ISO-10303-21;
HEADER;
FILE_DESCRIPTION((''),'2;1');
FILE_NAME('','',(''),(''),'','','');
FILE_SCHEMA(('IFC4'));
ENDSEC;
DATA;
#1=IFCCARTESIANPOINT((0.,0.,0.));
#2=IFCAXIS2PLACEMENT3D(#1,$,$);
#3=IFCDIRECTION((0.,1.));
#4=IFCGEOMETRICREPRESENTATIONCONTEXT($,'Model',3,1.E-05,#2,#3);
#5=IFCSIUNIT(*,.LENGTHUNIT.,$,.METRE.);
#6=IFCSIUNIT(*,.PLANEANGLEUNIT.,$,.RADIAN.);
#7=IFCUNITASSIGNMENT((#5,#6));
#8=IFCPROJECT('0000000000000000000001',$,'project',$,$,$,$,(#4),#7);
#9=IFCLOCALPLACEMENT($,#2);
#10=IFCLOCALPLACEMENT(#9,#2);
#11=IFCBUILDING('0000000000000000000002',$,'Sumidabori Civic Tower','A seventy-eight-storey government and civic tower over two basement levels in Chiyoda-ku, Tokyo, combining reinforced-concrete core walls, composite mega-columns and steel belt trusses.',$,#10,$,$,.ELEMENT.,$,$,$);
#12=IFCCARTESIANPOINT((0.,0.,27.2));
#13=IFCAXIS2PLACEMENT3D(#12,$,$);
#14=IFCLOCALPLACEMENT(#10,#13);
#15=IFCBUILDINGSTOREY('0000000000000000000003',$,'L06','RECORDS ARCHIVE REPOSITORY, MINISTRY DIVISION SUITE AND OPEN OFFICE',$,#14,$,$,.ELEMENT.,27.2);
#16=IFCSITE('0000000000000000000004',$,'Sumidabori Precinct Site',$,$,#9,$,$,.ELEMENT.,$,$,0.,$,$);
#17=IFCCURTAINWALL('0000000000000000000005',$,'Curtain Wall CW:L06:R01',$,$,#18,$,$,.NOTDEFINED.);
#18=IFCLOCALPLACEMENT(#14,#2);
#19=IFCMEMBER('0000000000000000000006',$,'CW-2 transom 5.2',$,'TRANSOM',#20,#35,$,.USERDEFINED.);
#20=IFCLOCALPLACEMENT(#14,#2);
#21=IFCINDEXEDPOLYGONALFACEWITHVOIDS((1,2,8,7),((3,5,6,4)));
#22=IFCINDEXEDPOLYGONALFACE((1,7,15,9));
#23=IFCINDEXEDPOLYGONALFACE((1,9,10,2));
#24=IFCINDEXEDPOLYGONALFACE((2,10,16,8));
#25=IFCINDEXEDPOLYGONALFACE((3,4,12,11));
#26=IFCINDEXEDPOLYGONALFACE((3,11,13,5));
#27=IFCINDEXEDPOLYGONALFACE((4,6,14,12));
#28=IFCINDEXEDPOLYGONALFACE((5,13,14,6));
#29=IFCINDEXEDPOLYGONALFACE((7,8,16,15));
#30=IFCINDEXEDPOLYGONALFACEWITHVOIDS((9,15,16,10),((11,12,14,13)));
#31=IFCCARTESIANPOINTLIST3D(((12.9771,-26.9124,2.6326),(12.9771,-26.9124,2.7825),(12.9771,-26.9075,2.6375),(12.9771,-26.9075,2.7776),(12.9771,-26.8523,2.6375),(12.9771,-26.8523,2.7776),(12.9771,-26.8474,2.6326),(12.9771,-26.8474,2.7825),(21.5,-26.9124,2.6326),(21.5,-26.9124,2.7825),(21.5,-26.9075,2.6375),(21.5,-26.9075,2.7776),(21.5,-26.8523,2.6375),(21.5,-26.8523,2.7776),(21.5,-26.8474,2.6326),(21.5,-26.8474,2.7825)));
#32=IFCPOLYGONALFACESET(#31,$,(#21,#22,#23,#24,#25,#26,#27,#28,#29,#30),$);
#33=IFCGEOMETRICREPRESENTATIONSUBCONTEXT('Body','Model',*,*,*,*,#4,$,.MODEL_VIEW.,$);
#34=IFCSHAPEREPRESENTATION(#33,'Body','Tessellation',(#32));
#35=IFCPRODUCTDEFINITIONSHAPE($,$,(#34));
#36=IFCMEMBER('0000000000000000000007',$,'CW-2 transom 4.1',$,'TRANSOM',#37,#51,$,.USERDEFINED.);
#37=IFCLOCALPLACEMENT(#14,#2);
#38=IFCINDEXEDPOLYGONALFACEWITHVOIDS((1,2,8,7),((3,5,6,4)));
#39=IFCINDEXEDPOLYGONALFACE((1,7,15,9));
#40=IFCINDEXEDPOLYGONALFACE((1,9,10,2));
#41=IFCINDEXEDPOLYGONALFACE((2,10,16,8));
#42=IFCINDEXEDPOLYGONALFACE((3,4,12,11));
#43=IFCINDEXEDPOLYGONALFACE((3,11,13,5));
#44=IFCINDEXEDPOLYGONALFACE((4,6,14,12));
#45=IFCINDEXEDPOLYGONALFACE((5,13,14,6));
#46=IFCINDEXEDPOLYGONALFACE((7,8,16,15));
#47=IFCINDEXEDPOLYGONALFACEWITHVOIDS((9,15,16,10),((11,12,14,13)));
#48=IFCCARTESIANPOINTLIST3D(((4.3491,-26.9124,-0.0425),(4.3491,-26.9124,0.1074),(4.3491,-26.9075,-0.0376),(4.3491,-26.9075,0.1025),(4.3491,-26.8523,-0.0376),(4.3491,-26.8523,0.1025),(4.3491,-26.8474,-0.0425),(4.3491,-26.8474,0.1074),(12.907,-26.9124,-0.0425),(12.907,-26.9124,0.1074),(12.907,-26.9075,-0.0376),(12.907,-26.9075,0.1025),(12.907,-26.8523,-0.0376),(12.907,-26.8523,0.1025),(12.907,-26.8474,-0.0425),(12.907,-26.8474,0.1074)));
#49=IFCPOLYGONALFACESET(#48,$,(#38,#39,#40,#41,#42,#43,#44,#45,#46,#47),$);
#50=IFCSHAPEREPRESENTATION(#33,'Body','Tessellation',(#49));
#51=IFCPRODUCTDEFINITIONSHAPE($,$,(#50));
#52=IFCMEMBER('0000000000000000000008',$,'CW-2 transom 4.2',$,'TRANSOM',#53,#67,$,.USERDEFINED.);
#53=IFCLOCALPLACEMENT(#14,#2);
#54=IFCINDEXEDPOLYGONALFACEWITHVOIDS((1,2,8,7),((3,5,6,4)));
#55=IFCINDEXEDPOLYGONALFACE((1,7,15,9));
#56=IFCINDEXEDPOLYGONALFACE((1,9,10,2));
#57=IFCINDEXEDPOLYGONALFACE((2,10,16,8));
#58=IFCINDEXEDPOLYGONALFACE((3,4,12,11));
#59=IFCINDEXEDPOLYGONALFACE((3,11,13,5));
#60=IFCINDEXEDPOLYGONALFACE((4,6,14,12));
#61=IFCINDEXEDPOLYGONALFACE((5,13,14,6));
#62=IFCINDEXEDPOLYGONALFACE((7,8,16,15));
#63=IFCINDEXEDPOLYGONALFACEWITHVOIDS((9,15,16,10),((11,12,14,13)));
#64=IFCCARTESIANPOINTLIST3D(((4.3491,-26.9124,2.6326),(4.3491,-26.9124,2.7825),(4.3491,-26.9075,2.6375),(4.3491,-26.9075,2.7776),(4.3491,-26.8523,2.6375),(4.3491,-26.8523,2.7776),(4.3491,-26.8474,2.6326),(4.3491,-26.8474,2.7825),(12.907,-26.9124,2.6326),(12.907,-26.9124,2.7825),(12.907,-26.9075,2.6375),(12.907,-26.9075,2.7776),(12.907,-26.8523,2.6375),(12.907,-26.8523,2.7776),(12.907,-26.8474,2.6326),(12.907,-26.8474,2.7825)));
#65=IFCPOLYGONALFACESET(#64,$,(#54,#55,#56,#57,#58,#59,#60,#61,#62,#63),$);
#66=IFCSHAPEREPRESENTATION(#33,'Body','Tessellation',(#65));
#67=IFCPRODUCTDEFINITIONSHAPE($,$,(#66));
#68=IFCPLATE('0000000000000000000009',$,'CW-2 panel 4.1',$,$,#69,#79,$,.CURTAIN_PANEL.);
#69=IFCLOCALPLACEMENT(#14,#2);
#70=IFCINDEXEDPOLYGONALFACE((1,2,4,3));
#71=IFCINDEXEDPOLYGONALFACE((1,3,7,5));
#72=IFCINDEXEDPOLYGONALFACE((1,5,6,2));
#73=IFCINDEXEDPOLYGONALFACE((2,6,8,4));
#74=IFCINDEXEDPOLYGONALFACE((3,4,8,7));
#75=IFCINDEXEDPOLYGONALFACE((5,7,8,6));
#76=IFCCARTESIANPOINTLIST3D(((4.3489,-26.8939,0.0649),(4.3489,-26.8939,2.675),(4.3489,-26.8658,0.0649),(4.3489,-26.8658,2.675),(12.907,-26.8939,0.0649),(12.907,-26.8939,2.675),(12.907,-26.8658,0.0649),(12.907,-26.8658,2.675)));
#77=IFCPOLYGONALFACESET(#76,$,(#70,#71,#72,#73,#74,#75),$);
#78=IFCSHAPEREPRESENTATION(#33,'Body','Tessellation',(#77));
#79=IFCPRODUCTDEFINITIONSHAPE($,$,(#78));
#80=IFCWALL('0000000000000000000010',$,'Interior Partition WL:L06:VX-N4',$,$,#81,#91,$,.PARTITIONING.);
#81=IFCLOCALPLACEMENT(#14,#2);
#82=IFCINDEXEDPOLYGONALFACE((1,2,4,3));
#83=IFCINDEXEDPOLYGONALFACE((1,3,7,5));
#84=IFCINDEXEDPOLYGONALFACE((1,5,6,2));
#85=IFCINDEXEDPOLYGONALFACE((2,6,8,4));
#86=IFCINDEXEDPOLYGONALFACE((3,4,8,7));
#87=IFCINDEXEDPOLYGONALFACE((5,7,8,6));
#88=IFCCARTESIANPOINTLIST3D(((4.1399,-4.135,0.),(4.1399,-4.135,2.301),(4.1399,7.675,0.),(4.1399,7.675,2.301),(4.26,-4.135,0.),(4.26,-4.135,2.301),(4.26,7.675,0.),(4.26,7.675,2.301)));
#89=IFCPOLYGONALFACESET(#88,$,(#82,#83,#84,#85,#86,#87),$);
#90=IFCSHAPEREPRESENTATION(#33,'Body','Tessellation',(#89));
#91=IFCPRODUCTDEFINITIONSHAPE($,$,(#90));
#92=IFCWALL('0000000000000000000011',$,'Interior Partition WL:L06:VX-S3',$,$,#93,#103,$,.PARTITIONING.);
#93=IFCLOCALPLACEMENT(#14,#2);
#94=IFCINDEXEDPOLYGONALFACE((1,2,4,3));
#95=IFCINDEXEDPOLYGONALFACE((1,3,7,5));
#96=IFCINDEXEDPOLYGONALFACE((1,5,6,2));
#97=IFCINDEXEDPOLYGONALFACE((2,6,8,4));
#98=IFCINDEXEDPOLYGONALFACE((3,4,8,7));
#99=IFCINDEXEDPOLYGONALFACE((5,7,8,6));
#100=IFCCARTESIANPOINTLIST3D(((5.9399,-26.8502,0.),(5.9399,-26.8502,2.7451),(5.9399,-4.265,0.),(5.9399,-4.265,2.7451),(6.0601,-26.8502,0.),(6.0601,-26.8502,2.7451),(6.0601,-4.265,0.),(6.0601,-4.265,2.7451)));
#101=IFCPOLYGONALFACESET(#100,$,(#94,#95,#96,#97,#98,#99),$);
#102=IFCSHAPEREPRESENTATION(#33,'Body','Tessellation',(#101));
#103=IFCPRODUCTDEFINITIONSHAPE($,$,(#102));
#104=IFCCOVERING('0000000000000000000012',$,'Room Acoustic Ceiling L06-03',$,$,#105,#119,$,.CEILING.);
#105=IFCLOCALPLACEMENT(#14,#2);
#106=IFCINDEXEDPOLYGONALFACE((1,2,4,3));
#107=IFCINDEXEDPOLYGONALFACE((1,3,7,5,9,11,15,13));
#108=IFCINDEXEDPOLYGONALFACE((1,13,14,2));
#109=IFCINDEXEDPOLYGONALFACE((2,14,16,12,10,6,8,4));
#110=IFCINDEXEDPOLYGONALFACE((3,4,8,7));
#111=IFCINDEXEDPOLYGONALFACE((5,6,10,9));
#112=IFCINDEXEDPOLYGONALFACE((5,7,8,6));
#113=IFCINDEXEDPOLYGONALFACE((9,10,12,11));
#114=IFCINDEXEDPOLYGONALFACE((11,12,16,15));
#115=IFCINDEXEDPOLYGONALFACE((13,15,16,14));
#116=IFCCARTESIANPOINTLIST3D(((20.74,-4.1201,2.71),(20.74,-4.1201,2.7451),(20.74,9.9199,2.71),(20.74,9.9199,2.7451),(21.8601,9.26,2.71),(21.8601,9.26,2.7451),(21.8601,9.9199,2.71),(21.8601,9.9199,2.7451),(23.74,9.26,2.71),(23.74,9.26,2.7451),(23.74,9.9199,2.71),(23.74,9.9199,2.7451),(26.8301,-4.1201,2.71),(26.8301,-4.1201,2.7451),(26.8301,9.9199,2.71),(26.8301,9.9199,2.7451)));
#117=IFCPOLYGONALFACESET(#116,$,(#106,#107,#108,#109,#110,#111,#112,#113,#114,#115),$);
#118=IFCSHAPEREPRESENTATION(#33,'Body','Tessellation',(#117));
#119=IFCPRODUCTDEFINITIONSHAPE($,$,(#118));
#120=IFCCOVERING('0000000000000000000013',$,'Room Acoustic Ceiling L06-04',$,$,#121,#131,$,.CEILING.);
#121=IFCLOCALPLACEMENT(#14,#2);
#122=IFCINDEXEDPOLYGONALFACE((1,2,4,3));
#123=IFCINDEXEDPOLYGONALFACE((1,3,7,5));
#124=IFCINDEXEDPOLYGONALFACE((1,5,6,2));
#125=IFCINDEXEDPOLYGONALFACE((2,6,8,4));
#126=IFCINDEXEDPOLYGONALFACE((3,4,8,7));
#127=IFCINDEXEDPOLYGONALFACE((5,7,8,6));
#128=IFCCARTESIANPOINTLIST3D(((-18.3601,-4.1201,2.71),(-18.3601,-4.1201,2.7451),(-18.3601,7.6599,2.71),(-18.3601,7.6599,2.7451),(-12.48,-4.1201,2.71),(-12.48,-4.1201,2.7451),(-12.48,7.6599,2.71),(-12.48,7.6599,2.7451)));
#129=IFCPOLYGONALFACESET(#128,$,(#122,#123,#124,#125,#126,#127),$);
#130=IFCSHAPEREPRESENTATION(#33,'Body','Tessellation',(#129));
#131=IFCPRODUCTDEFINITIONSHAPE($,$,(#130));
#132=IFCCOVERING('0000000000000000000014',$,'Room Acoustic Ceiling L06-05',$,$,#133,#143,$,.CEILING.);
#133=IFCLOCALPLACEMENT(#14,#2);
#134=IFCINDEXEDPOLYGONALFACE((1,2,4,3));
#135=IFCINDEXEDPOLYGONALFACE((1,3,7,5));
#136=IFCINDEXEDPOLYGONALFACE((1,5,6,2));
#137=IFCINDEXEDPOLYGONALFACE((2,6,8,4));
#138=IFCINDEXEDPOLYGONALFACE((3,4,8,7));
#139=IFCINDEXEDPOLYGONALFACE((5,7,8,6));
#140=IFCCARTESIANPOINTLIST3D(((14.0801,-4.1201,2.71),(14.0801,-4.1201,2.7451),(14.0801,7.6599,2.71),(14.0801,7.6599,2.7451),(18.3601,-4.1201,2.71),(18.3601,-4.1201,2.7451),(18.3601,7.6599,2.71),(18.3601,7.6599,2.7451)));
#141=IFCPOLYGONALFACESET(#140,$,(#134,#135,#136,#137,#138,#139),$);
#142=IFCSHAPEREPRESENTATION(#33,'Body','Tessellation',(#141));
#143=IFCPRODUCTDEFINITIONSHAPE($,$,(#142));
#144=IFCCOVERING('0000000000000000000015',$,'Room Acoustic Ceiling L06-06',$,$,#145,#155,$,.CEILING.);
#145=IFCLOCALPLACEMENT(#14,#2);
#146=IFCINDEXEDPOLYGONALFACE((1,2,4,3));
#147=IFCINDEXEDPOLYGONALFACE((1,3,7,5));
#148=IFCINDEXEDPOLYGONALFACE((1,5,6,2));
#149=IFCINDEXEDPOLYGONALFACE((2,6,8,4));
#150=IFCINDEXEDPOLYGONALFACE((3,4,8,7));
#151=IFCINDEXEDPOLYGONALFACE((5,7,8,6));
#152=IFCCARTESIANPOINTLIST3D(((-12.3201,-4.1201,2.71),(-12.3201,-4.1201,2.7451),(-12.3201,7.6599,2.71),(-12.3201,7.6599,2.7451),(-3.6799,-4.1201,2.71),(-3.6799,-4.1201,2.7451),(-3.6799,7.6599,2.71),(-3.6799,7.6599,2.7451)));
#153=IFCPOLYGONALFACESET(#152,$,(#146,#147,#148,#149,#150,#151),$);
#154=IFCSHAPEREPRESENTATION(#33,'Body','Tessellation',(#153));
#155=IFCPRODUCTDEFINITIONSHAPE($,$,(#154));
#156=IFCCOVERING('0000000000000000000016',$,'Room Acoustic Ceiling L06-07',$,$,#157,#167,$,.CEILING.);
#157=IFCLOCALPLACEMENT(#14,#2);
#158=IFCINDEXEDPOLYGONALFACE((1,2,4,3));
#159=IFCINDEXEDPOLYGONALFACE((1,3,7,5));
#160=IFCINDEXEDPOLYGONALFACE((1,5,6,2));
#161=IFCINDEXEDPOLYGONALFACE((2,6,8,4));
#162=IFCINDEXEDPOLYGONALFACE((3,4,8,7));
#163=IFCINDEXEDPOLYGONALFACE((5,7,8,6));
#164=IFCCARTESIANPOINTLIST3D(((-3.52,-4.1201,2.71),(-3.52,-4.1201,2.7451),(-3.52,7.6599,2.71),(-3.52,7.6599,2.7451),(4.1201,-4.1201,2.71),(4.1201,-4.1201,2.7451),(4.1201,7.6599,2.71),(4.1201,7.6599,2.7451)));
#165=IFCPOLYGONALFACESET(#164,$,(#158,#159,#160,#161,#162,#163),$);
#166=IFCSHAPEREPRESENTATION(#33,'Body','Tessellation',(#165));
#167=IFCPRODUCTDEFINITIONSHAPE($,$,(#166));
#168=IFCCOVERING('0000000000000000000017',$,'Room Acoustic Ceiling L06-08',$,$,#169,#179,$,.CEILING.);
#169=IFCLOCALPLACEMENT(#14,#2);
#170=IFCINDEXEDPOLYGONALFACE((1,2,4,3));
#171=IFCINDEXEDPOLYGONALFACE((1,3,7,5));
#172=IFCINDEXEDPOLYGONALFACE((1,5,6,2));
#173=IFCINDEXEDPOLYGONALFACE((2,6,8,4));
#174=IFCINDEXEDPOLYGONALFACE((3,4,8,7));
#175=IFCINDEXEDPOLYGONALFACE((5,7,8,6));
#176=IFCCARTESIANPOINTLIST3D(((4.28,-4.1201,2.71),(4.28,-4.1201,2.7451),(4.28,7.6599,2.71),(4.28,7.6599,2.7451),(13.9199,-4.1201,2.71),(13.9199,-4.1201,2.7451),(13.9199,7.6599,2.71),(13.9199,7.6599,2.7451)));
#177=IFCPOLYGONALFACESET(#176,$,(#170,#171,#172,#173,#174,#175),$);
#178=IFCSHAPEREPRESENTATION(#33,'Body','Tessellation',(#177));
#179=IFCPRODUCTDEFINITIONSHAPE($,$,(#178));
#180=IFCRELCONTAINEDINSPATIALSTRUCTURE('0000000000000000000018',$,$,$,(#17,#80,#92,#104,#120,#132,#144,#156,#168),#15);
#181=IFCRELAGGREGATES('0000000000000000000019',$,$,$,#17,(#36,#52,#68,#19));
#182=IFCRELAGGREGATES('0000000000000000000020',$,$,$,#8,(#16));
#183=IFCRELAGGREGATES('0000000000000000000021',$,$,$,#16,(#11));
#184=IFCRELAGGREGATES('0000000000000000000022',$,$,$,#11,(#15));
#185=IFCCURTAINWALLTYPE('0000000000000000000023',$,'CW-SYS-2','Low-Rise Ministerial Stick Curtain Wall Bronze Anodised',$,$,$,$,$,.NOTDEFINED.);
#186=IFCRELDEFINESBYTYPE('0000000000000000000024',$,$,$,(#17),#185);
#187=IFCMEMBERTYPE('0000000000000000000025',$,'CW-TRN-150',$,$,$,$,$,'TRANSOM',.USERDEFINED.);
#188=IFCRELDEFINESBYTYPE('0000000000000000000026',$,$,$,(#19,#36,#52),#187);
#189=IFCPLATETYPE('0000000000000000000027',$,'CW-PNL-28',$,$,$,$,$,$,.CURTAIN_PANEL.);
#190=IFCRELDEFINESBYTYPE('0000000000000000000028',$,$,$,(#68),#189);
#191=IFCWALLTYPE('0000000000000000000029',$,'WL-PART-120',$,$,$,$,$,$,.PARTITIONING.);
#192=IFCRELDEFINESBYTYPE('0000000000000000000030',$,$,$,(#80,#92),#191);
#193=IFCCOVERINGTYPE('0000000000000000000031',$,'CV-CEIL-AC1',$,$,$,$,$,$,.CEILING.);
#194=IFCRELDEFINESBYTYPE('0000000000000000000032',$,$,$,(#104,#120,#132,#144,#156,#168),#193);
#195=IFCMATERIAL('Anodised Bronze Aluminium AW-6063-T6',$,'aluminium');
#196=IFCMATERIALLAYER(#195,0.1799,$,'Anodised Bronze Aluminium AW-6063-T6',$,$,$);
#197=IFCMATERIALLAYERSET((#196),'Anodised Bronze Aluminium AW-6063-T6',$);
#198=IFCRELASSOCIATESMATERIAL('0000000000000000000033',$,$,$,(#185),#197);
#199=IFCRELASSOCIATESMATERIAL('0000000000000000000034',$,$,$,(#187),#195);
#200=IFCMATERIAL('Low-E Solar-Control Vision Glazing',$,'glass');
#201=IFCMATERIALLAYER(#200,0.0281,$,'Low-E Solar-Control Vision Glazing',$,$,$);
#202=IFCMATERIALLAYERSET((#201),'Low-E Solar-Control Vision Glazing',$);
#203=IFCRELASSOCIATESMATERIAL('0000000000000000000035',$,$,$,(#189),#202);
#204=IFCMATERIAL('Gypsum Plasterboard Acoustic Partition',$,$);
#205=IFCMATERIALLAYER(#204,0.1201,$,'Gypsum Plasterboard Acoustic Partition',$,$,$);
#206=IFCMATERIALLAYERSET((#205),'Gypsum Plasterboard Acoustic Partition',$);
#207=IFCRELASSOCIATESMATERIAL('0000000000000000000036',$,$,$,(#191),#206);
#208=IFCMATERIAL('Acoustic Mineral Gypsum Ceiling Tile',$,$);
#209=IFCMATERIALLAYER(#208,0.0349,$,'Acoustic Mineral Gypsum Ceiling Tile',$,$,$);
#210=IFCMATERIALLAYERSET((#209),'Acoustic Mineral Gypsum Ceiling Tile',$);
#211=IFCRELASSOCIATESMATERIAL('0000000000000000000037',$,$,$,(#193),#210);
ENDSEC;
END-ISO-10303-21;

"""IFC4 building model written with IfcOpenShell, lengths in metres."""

from ifc_helpers import new_model, si_unit, direction, frame, frame_2d, origin, origin_2d, place, context, subcontext, project, spatial, polyline, rectangle, hollow_rectangle, outline, extrude, source, transform, mapped, material, layer, layer_set, material_profile, profile_set, type_object, element, aggregate, save


model = new_model("IFC4")

# Units and contexts
model_context = context("Model", 3, precision=1e-05, world=origin(), true_north=direction((0.0, 1.0)))
body_context = subcontext(model_context, "Body", "Model", "MODEL_VIEW")
ifc_project = project(units=[si_unit("LENGTHUNIT", "METRE"), si_unit("PLANEANGLEUNIT", "RADIAN")], contexts=[model_context])

# Site, building, storey
site_placement = place(None, origin())
site = spatial("IfcSite", under=ifc_project, at=site_placement, Name="Sumidabori Precinct Site", CompositionType="ELEMENT", RefElevation=0.0)
building_placement = place(site_placement, origin())
building = spatial("IfcBuilding", under=site, at=building_placement, Name="Sumidabori Civic Tower", Description="A seventy-eight-storey government and civic tower over two basement levels in Chiyoda-ku, Tokyo, combining reinforced-concrete core walls, composite mega-columns and steel belt trusses.", CompositionType="ELEMENT")
storey_placement = place(building_placement, frame((0.0, 0.0, 27.2)))
storey = spatial("IfcBuildingStorey", under=building, at=storey_placement, Name="L06", Description="RECORDS ARCHIVE REPOSITORY, MINISTRY DIVISION SUITE AND OPEN OFFICE", CompositionType="ELEMENT", Elevation=27.2)

# Curtain wall, members, plate
ifc_material_1 = material(Name="Anodised Bronze Aluminium AW-6063-T6", Category="aluminium")
ifc_layer_1 = layer(ifc_material_1, 0.1799, Name="Anodised Bronze Aluminium AW-6063-T6")
ifc_layer_set_1 = layer_set([ifc_layer_1], Name="Anodised Bronze Aluminium AW-6063-T6")
curtain_wall_type = type_object("IfcCurtainWallType", Name="CW-SYS-2", Description="Low-Rise Ministerial Stick Curtain Wall Bronze Anodised", PredefinedType="NOTDEFINED", material=ifc_layer_set_1)
curtain_wall_placement = place(storey_placement, origin())
curtain_wall = element("IfcCurtainWall", 1, at=curtain_wall_placement, inside=storey, type_object=curtain_wall_type, Name="Curtain Wall CW:L06:R01", PredefinedType="NOTDEFINED")
ifc_material_profile_1 = material_profile(ifc_material_1, hollow_rectangle(XDim=0.0649, YDim=0.1499, WallThickness=0.0049, at=origin_2d()), Name="ALU TRANSOM 150x65")
ifc_profile_set_1 = profile_set([ifc_material_profile_1], Name="Anodised Bronze Aluminium AW-6063-T6")
member_type_1 = type_object("IfcMemberType", Name="CW-TRN-150", ElementType="TRANSOM", PredefinedType="USERDEFINED", material=ifc_profile_set_1)
shared_shape_1 = source(origin(), body_context, "Body", "SweptSolid", [
    extrude(hollow_rectangle(XDim=0.0649, YDim=0.1499, WallThickness=0.0049, at=origin_2d()), origin(), (0.0, 0.0, 1.0), 8.5229),
])
member_1_placement = place(storey_placement, frame((12.9771, -26.8799, 2.7075), z_axis=(1.0, 0.0, 0.0), x_axis=(0.0, 1.0, 0.0)))
member_1 = element("IfcMember", 2, at=member_1_placement, type_object=member_type_1, Name="CW-2 transom 5.2", ObjectType="TRANSOM", PredefinedType="USERDEFINED", context=body_context, shape_type="MappedRepresentation", body=[
    mapped(shared_shape_1, transform((0.0, 0.0, 0.0), x_axis=(1.0, 0.0, 0.0), y_axis=(0.0, 1.0, 0.0), z_axis=(0.0, 0.0, 1.0), scale=1.0)),
])
shared_shape_2 = source(origin(), body_context, "Body", "SweptSolid", [
    extrude(hollow_rectangle(XDim=0.0649, YDim=0.1499, WallThickness=0.0049, at=origin_2d()), origin(), (0.0, 0.0, 1.0), 8.5579),
])
member_2_placement = place(storey_placement, frame((4.3491, -26.8799, 0.0325), z_axis=(1.0, 0.0, 0.0), x_axis=(0.0, 1.0, 0.0)))
member_2 = element("IfcMember", 3, at=member_2_placement, type_object=member_type_1, Name="CW-2 transom 4.1", ObjectType="TRANSOM", PredefinedType="USERDEFINED", context=body_context, shape_type="MappedRepresentation", body=[
    mapped(shared_shape_2, transform((0.0, 0.0, 0.0), x_axis=(1.0, 0.0, 0.0), y_axis=(0.0, 1.0, 0.0), z_axis=(0.0, 0.0, 1.0), scale=1.0)),
])
member_3_placement = place(storey_placement, frame((4.3491, -26.8799, 2.7075), z_axis=(1.0, 0.0, 0.0), x_axis=(0.0, 1.0, 0.0)))
member_3 = element("IfcMember", 4, at=member_3_placement, type_object=member_type_1, Name="CW-2 transom 4.2", ObjectType="TRANSOM", PredefinedType="USERDEFINED", context=body_context, shape_type="MappedRepresentation", body=[
    mapped(shared_shape_2, transform((0.0, 0.0, 0.0), x_axis=(1.0, 0.0, 0.0), y_axis=(0.0, 1.0, 0.0), z_axis=(0.0, 0.0, 1.0), scale=1.0)),
])
ifc_material_2 = material(Name="Low-E Solar-Control Vision Glazing", Category="glass")
ifc_layer_2 = layer(ifc_material_2, 0.0281, Name="Low-E Solar-Control Vision Glazing")
ifc_layer_set_2 = layer_set([ifc_layer_2], Name="Low-E Solar-Control Vision Glazing")
plate_type = type_object("IfcPlateType", Name="CW-PNL-28", PredefinedType="CURTAIN_PANEL", material=ifc_layer_set_2)
shared_shape_3 = source(origin(), body_context, "Body", "SweptSolid", [
    extrude(rectangle(XDim=8.5581, YDim=0.0281, at=origin_2d()), origin(), (0.0, 0.0, 1.0), 2.6101),
])
plate_placement = place(storey_placement, frame((8.6279, -26.8799, 0.0649), z_axis=(0.0, 0.0, 1.0), x_axis=(1.0, 0.0, 0.0)))
plate = element("IfcPlate", 5, at=plate_placement, type_object=plate_type, Name="CW-2 panel 4.1", PredefinedType="CURTAIN_PANEL", context=body_context, shape_type="MappedRepresentation", body=[
    mapped(shared_shape_3, transform((0.0, 0.0, 0.0), x_axis=(1.0, 0.0, 0.0), y_axis=(0.0, 1.0, 0.0), z_axis=(0.0, 0.0, 1.0), scale=1.0)),
])
aggregate(curtain_wall, [member_2, member_3, plate, member_1])

# Walls
ifc_material_3 = material(Name="Gypsum Plasterboard Acoustic Partition")
ifc_layer_3 = layer(ifc_material_3, 0.1201, Name="Gypsum Plasterboard Acoustic Partition")
ifc_layer_set_3 = layer_set([ifc_layer_3], Name="Gypsum Plasterboard Acoustic Partition")
wall_type = type_object("IfcWallType", Name="WL-PART-120", PredefinedType="PARTITIONING", material=ifc_layer_set_3)
shared_shape_4 = source(origin(), body_context, "Body", "SweptSolid", [
    extrude(rectangle(XDim=11.8101, YDim=0.1201, at=frame_2d((5.905, 0.0))), origin(), (0.0, 0.0, 1.0), 2.301),
])
wall_1_placement = place(storey_placement, frame((4.2, -4.135, 0.0), z_axis=(0.0, 0.0, 1.0), x_axis=(0.0, 1.0, 0.0)))
element("IfcWall", 6, at=wall_1_placement, inside=storey, type_object=wall_type, Name="Interior Partition WL:L06:VX-N4", PredefinedType="PARTITIONING", context=body_context, shape_type="MappedRepresentation", body=[
    mapped(shared_shape_4, transform((0.0, 0.0, 0.0), x_axis=(1.0, 0.0, 0.0), y_axis=(0.0, 1.0, 0.0), z_axis=(0.0, 0.0, 1.0), scale=1.0)),
])
shared_shape_5 = source(origin(), body_context, "Body", "SweptSolid", [
    extrude(rectangle(XDim=22.5852, YDim=0.1201, at=frame_2d((11.2925, 0.0))), origin(), (0.0, 0.0, 1.0), 2.7451),
])
wall_2_placement = place(storey_placement, frame((6.0, -26.8501, 0.0), z_axis=(0.0, 0.0, 1.0), x_axis=(0.0, 1.0, 0.0)))
element("IfcWall", 7, at=wall_2_placement, inside=storey, type_object=wall_type, Name="Interior Partition WL:L06:VX-S3", PredefinedType="PARTITIONING", context=body_context, shape_type="MappedRepresentation", body=[
    mapped(shared_shape_5, transform((0.0, 0.0, 0.0), x_axis=(1.0, 0.0, 0.0), y_axis=(0.0, 1.0, 0.0), z_axis=(0.0, 0.0, 1.0), scale=1.0)),
])

# Coverings
ifc_material_4 = material(Name="Acoustic Mineral Gypsum Ceiling Tile")
ifc_layer_4 = layer(ifc_material_4, 0.0349, Name="Acoustic Mineral Gypsum Ceiling Tile")
ifc_layer_set_4 = layer_set([ifc_layer_4], Name="Acoustic Mineral Gypsum Ceiling Tile")
covering_type_1 = type_object("IfcCoveringType", Name="CV-CEIL-AC1", PredefinedType="CEILING", material=ifc_layer_set_4)
covering_1_placement = place(storey_placement, frame((0.0, 0.0, 2.71)))
element("IfcCovering", 8, at=covering_1_placement, inside=storey, type_object=covering_type_1, Name="Room Acoustic Ceiling L06-03", PredefinedType="CEILING", context=body_context, shape_type="SweptSolid", body=[
    extrude(outline(polyline([(20.74, 9.9199), (21.8601, 9.9199), (21.8601, 9.26), (23.74, 9.26), (23.74, 9.9199), (26.8301, 9.9199), (26.8301, -4.1201), (20.74, -4.1201), (20.74, 9.9199)])), origin(), (0.0, 0.0, 1.0), 0.0352),
])
covering_2_placement = place(storey_placement, frame((0.0, 0.0, 2.71)))
element("IfcCovering", 9, at=covering_2_placement, inside=storey, type_object=covering_type_1, Name="Room Acoustic Ceiling L06-04", PredefinedType="CEILING", context=body_context, shape_type="SweptSolid", body=[
    extrude(outline(polyline([(-18.3601, 7.6599), (-12.48, 7.6599), (-12.48, -4.1201), (-18.3601, -4.1201), (-18.3601, 7.6599)])), origin(), (0.0, 0.0, 1.0), 0.0352),
])
covering_3_placement = place(storey_placement, frame((0.0, 0.0, 2.71)))
element("IfcCovering", 10, at=covering_3_placement, inside=storey, type_object=covering_type_1, Name="Room Acoustic Ceiling L06-05", PredefinedType="CEILING", context=body_context, shape_type="SweptSolid", body=[
    extrude(outline(polyline([(14.0801, 7.6599), (18.3601, 7.6599), (18.3601, -4.1201), (14.0801, -4.1201), (14.0801, 7.6599)])), origin(), (0.0, 0.0, 1.0), 0.0352),
])
covering_4_placement = place(storey_placement, frame((0.0, 0.0, 2.71)))
element("IfcCovering", 11, at=covering_4_placement, inside=storey, type_object=covering_type_1, Name="Room Acoustic Ceiling L06-06", PredefinedType="CEILING", context=body_context, shape_type="SweptSolid", body=[
    extrude(outline(polyline([(-12.3201, 7.6599), (-3.6799, 7.6599), (-3.6799, -4.1201), (-12.3201, -4.1201), (-12.3201, 7.6599)])), origin(), (0.0, 0.0, 1.0), 0.0352),
])
covering_5_placement = place(storey_placement, frame((0.0, 0.0, 2.71)))
element("IfcCovering", 12, at=covering_5_placement, inside=storey, type_object=covering_type_1, Name="Room Acoustic Ceiling L06-07", PredefinedType="CEILING", context=body_context, shape_type="SweptSolid", body=[
    extrude(outline(polyline([(-3.52, 7.6599), (4.1201, 7.6599), (4.1201, -4.1201), (-3.52, -4.1201), (-3.52, 7.6599)])), origin(), (0.0, 0.0, 1.0), 0.0352),
])
covering_6_placement = place(storey_placement, frame((0.0, 0.0, 2.71)))
element("IfcCovering", 13, at=covering_6_placement, inside=storey, type_object=covering_type_1, Name="Room Acoustic Ceiling L06-08", PredefinedType="CEILING", context=body_context, shape_type="SweptSolid", body=[
    extrude(outline(polyline([(4.28, 7.6599), (13.9199, 7.6599), (13.9199, -4.1201), (4.28, -4.1201), (4.28, 7.6599)])), origin(), (0.0, 0.0, 1.0), 0.0352),
])

save(model, "model.ifc")
